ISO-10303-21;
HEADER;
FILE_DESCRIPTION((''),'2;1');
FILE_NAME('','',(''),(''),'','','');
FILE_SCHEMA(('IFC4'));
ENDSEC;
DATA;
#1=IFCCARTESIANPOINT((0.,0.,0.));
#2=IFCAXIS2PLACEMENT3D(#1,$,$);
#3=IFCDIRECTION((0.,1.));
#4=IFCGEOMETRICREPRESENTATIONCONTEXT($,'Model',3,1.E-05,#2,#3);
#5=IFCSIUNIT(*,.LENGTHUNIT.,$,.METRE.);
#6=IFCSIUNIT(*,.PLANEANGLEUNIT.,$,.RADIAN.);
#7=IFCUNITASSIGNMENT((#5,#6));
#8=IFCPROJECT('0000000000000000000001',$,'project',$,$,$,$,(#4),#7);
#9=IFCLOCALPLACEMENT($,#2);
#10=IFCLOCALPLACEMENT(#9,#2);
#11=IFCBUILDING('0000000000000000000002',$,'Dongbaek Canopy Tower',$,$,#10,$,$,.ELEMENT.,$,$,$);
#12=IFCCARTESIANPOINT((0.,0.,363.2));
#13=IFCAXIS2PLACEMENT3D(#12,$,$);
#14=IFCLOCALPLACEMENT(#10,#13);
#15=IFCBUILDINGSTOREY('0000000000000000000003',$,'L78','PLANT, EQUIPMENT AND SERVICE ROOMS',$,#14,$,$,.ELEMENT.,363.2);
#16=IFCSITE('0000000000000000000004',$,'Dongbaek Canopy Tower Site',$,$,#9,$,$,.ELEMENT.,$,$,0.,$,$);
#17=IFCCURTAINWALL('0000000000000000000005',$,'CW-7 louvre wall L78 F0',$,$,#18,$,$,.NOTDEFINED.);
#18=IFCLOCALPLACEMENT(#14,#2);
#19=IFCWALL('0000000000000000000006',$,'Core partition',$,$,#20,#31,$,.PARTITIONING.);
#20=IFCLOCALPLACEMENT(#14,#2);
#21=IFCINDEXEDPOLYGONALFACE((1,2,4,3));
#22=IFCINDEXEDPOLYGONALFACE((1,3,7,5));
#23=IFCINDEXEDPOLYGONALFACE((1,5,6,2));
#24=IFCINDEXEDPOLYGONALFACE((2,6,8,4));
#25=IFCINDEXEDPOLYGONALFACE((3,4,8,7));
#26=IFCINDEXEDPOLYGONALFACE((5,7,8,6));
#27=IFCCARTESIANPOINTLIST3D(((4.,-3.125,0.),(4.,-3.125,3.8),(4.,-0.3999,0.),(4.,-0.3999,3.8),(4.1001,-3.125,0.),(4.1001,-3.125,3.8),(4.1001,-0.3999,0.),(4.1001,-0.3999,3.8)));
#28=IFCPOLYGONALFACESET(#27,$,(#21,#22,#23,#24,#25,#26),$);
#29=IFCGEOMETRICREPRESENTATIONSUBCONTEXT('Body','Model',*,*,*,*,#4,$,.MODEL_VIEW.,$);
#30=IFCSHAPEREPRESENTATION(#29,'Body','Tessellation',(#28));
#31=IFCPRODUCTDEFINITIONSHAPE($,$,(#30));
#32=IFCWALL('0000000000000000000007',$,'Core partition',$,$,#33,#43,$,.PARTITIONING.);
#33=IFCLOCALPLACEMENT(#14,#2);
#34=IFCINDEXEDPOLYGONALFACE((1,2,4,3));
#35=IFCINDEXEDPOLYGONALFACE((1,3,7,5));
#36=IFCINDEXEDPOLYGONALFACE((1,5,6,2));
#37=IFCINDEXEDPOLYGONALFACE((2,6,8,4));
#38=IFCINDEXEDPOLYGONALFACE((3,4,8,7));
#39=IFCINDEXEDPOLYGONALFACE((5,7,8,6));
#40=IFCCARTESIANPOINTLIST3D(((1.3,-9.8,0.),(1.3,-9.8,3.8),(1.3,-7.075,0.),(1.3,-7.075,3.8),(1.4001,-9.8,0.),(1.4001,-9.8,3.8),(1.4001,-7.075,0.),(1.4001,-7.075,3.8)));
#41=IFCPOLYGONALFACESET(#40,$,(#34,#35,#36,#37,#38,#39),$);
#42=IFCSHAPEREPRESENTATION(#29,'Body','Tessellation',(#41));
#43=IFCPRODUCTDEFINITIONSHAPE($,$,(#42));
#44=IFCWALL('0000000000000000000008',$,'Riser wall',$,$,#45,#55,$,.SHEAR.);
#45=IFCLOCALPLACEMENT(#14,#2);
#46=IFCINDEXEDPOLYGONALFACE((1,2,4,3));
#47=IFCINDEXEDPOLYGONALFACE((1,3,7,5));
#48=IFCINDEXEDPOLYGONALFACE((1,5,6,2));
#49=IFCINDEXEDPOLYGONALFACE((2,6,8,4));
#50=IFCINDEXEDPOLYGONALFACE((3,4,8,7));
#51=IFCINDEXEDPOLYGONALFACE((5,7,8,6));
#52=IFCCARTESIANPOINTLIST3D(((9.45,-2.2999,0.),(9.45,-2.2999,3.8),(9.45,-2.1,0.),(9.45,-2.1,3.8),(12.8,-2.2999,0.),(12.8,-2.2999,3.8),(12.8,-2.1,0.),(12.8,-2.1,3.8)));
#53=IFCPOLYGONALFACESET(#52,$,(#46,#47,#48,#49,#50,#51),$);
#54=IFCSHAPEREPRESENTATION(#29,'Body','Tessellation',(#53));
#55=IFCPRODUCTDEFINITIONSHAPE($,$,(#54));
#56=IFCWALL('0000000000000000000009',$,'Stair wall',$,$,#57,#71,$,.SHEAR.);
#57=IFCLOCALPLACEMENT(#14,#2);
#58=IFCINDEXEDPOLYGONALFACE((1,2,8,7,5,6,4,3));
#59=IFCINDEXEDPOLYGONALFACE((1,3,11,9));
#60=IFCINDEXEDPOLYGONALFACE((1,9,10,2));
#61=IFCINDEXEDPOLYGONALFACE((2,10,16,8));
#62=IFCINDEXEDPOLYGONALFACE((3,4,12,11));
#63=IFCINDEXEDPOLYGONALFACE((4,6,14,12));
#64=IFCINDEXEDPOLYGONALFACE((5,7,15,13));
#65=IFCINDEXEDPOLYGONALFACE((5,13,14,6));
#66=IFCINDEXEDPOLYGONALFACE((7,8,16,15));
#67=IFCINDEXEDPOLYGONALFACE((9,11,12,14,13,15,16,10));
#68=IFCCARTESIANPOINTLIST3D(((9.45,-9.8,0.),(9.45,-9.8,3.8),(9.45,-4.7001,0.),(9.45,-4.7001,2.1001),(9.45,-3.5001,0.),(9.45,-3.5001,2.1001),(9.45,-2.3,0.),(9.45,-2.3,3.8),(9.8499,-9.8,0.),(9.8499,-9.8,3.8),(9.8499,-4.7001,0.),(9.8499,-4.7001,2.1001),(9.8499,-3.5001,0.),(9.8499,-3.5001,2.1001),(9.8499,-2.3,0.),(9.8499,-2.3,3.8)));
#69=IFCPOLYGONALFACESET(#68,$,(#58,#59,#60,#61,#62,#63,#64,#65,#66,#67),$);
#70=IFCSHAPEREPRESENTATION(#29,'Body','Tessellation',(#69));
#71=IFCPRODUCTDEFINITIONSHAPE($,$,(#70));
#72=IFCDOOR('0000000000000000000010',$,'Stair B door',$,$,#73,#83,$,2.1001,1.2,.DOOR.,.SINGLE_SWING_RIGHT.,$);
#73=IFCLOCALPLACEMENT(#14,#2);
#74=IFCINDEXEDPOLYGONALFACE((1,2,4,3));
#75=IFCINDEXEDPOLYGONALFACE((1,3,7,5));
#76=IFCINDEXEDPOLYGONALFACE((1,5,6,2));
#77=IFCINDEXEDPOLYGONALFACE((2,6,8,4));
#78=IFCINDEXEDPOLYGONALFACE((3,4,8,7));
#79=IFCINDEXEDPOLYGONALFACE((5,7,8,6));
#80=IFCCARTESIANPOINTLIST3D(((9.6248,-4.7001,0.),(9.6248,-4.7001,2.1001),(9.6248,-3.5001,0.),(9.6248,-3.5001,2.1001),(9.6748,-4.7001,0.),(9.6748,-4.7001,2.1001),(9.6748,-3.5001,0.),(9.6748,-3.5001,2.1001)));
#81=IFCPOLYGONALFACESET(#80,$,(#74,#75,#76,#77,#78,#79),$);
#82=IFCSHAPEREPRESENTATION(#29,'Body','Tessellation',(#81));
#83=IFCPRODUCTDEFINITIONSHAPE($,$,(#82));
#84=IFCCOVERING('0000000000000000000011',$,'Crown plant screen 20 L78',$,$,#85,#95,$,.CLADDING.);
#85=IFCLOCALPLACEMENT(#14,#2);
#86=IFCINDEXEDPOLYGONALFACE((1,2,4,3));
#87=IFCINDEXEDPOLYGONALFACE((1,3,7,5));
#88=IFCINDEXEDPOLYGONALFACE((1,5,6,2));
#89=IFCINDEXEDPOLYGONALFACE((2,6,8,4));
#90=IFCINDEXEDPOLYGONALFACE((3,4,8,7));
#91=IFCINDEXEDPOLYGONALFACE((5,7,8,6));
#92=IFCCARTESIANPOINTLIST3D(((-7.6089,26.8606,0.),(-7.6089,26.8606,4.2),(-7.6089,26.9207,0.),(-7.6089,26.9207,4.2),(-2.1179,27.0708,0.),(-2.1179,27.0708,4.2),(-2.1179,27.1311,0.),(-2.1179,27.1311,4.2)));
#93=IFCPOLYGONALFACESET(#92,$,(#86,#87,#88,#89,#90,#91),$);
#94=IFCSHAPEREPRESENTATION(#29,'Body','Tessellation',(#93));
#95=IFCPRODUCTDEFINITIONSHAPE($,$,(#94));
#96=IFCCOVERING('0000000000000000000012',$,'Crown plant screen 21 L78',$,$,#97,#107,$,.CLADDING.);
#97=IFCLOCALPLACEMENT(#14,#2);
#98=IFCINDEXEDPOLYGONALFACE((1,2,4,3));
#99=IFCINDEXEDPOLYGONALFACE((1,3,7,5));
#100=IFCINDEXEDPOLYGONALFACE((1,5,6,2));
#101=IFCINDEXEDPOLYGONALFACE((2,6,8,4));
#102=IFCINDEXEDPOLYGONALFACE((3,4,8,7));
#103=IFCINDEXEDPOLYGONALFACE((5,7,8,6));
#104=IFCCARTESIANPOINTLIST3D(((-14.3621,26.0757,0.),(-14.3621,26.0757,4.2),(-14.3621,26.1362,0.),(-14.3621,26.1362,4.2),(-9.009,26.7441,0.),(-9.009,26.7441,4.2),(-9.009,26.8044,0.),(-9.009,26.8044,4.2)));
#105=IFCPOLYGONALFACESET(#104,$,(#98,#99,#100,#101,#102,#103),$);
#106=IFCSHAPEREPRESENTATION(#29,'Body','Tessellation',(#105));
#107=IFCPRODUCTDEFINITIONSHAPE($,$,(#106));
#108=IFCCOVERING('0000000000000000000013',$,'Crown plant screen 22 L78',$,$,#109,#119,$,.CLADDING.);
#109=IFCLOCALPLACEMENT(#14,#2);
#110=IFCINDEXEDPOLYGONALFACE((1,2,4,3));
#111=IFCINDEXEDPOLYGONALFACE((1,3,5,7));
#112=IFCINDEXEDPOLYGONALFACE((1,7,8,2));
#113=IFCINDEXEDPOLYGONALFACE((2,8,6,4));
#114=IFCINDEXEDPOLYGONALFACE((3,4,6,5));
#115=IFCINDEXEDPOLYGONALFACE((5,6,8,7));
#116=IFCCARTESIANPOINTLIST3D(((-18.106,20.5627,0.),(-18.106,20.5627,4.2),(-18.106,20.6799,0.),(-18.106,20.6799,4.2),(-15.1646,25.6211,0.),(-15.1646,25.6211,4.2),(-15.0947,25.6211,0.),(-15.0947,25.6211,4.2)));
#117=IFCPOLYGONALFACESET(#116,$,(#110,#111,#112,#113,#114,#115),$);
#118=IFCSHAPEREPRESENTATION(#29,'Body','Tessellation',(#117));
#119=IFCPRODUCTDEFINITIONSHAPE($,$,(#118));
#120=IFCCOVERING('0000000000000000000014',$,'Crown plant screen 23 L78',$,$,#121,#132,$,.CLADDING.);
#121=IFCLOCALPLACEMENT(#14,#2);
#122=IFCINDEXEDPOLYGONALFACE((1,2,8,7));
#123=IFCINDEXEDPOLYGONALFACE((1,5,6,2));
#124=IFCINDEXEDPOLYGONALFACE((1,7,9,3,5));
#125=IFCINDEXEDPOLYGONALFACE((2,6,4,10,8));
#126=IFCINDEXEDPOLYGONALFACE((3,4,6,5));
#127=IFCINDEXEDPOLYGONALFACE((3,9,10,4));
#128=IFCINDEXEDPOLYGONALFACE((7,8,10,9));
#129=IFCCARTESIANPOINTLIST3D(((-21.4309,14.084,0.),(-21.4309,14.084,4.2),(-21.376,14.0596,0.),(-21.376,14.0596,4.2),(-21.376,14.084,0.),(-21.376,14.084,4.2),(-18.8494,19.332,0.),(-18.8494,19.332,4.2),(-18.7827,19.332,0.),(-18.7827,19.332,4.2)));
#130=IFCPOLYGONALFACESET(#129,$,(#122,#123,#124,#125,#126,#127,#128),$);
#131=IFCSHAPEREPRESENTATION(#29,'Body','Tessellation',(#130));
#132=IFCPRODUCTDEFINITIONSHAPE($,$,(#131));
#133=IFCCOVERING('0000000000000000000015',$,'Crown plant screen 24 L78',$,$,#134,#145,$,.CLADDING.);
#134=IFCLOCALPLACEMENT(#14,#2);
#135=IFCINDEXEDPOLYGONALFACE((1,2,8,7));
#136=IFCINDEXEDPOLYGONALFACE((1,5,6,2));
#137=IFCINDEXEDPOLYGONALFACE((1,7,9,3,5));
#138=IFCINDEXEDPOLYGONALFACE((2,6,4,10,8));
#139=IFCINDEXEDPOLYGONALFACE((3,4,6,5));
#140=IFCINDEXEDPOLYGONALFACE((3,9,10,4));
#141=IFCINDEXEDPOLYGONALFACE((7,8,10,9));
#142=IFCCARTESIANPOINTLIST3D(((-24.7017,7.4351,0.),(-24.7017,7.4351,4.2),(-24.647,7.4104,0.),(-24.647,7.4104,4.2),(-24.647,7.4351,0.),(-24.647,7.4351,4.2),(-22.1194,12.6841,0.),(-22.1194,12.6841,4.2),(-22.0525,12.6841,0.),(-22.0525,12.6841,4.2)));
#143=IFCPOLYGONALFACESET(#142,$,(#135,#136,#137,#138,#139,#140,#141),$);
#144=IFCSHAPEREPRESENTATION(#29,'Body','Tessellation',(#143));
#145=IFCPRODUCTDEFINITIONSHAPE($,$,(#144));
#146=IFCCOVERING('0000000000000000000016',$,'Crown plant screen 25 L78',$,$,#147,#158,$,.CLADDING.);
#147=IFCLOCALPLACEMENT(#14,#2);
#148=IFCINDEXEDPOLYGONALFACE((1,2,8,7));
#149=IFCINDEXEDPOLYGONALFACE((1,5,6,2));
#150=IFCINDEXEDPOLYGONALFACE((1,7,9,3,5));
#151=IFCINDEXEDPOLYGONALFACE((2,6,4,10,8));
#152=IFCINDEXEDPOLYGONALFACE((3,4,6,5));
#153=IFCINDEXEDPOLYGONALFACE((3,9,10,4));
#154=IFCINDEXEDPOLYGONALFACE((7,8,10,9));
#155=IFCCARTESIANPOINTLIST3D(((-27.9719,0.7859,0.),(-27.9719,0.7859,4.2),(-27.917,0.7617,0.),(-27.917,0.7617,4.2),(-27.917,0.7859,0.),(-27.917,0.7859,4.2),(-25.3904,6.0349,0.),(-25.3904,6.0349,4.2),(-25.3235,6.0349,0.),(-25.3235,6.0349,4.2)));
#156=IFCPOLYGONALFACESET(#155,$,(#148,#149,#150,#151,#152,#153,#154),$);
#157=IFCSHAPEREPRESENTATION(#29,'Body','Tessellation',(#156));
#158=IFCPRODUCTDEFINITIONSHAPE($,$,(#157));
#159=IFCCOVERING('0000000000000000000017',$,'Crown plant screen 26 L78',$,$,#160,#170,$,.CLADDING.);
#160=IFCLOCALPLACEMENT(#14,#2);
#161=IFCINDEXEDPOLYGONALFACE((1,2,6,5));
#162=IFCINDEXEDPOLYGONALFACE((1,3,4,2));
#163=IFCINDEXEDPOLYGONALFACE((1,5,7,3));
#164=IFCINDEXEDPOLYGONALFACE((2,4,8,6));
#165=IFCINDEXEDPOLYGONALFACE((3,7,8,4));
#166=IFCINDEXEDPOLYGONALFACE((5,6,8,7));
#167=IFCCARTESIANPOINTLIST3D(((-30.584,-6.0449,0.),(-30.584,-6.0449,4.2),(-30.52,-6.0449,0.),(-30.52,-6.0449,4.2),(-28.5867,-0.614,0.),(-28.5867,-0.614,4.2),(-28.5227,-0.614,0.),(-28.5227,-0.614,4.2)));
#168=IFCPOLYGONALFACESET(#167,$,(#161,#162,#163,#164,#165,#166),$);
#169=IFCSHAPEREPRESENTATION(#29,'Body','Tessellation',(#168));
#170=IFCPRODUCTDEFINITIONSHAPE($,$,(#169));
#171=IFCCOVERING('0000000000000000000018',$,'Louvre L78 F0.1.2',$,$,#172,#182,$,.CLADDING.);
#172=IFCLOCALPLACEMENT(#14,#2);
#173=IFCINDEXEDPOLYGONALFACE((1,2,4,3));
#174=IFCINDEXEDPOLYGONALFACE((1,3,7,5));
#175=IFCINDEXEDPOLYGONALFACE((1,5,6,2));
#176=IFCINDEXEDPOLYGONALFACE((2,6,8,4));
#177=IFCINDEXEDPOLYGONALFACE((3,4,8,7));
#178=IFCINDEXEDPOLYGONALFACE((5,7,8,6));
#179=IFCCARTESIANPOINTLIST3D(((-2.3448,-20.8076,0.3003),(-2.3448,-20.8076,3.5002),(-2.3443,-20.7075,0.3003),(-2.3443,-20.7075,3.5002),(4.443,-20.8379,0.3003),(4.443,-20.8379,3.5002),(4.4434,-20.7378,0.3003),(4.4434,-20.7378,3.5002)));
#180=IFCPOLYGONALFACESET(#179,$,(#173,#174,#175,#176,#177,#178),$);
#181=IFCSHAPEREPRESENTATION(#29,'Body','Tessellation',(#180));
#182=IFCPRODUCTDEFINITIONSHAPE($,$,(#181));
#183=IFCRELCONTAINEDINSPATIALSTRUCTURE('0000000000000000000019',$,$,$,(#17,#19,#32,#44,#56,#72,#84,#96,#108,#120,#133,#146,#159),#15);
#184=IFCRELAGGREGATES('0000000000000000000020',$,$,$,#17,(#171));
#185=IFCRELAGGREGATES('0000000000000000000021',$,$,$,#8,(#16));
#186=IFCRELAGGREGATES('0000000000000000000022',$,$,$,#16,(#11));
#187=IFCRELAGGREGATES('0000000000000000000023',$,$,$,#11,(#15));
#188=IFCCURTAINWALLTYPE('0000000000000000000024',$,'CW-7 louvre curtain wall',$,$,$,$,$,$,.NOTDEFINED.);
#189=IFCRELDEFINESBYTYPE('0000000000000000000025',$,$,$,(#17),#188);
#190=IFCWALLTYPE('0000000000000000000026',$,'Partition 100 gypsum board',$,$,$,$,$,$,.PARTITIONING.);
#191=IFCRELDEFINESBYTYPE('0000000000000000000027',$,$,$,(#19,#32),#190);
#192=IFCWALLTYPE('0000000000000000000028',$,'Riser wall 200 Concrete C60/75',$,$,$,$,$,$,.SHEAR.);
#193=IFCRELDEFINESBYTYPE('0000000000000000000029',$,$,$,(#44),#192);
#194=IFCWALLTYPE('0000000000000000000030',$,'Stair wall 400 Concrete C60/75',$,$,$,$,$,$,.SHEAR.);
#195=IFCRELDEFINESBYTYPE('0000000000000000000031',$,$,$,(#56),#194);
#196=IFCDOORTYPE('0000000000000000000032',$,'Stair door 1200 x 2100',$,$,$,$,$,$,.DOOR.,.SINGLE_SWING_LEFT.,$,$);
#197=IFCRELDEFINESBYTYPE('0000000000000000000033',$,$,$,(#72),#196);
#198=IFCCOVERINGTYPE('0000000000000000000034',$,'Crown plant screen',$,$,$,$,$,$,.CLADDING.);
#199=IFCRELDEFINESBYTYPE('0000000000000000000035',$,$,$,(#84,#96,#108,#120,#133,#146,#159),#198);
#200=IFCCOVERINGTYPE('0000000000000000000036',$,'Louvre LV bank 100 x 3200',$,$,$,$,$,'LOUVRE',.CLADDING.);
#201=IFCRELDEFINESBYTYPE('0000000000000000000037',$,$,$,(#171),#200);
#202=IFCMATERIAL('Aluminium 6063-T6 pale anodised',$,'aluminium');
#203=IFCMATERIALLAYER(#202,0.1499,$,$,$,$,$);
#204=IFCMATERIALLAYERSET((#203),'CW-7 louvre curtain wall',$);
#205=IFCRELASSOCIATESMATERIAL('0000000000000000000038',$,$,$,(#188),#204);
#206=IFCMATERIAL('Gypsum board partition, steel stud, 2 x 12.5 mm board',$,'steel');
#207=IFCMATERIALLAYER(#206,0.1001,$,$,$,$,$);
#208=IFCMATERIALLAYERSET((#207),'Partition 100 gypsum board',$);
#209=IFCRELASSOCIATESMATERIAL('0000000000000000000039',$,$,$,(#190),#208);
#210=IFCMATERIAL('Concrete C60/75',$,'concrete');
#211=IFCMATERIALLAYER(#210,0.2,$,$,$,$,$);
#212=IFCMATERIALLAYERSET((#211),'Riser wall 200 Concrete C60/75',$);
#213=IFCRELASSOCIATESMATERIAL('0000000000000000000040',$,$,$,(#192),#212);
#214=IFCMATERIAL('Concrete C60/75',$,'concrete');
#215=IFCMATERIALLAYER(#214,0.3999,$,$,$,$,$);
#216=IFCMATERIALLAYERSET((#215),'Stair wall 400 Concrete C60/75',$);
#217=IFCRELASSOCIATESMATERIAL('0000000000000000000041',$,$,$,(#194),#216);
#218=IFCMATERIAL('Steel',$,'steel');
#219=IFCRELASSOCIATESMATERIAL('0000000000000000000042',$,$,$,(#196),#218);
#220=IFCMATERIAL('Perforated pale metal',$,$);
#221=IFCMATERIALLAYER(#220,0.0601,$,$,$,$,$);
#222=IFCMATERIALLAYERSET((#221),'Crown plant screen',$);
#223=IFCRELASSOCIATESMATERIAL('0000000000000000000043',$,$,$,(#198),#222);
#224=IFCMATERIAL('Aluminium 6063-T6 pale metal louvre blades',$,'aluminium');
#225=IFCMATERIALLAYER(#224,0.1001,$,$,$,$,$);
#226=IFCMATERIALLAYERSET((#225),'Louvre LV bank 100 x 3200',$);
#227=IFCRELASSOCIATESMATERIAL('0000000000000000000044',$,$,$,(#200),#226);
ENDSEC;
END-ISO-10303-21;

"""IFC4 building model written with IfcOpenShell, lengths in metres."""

from ifc_helpers import new_model, si_unit, direction, frame, frame_2d, origin, origin_2d, place, context, subcontext, project, spatial, polyline, rectangle, outline, extrude, material, layer, layer_set, type_object, element, fill, aggregate, save


model = new_model("IFC4")

# Units and contexts
model_context = context("Model", 3, precision=1e-05, world=origin(), true_north=direction((0.0, 1.0)))
body_context = subcontext(model_context, "Body", "Model", "MODEL_VIEW")
ifc_project = project(units=[si_unit("LENGTHUNIT", "METRE"), si_unit("PLANEANGLEUNIT", "RADIAN")], contexts=[model_context])

# Site, building, storey
site_placement = place(None, origin())
site = spatial("IfcSite", under=ifc_project, at=site_placement, Name="Dongbaek Canopy Tower Site", CompositionType="ELEMENT", RefElevation=0.0)
building_placement = place(site_placement, origin())
building = spatial("IfcBuilding", under=site, at=building_placement, Name="Dongbaek Canopy Tower", CompositionType="ELEMENT")
storey_placement = place(building_placement, frame((0.0, 0.0, 363.2)))
storey = spatial("IfcBuildingStorey", under=building, at=storey_placement, Name="L78", Description="PLANT, EQUIPMENT AND SERVICE ROOMS", CompositionType="ELEMENT", Elevation=363.2)

# Curtain wall
ifc_material_1 = material(Name="Aluminium 6063-T6 pale anodised", Category="aluminium")
ifc_layer_1 = layer(ifc_material_1, 0.1499)
ifc_layer_set_1 = layer_set([ifc_layer_1], Name="CW-7 louvre curtain wall")
curtain_wall_type = type_object("IfcCurtainWallType", Name="CW-7 louvre curtain wall", PredefinedType="NOTDEFINED", material=ifc_layer_set_1)
curtain_wall_placement = place(storey_placement, origin())
curtain_wall = element("IfcCurtainWall", 1, at=curtain_wall_placement, inside=storey, type_object=curtain_wall_type, Name="CW-7 louvre wall L78 F0", PredefinedType="NOTDEFINED")

# Walls
ifc_material_2 = material(Name="Gypsum board partition, steel stud, 2 x 12.5 mm board", Category="steel")
ifc_layer_2 = layer(ifc_material_2, 0.1001)
ifc_layer_set_2 = layer_set([ifc_layer_2], Name="Partition 100 gypsum board")
wall_type_1 = type_object("IfcWallType", Name="Partition 100 gypsum board", PredefinedType="PARTITIONING", material=ifc_layer_set_2)
for number, where, z_axis, x_axis, name in (
    (2, (4.05, -3.125, 0.0), (0.0, 0.0, 1.0), (0.0, 1.0, 0.0), "Core partition"),
    (3, (1.3501, -9.8, 0.0), (0.0, 0.0, 1.0), (0.0, 1.0, 0.0), "Core partition"),
):
    element("IfcWall", number, at=place(storey_placement, frame(where, z_axis=z_axis, x_axis=x_axis)), inside=storey, type_object=wall_type_1, Name=name, PredefinedType="PARTITIONING", context=body_context, shape_type="SweptSolid", body=[
        extrude(rectangle(XDim=2.7251, YDim=0.1001, at=frame_2d((1.3625, 0.0))), origin(), (0.0, 0.0, 1.0), 3.8),
    ])
ifc_material_3 = material(Name="Concrete C60/75", Category="concrete")
ifc_layer_3 = layer(ifc_material_3, 0.2)
ifc_layer_set_3 = layer_set([ifc_layer_3], Name="Riser wall 200 Concrete C60/75")
wall_type_2 = type_object("IfcWallType", Name="Riser wall 200 Concrete C60/75", PredefinedType="SHEAR", material=ifc_layer_set_3)
wall_1_placement = place(storey_placement, frame((9.45, -2.2, 0.0), z_axis=(0.0, 0.0, 1.0), x_axis=(1.0, 0.0, 0.0)))
element("IfcWall", 4, at=wall_1_placement, inside=storey, type_object=wall_type_2, Name="Riser wall", PredefinedType="SHEAR", context=body_context, shape_type="SweptSolid", body=[
    extrude(rectangle(XDim=3.3501, YDim=0.2, at=frame_2d((1.675, 0.0))), origin(), (0.0, 0.0, 1.0), 3.8),
])

# Wall, opening, door
ifc_material_4 = material(Name="Concrete C60/75", Category="concrete")
ifc_layer_4 = layer(ifc_material_4, 0.3999)
ifc_layer_set_4 = layer_set([ifc_layer_4], Name="Stair wall 400 Concrete C60/75")
wall_type_3 = type_object("IfcWallType", Name="Stair wall 400 Concrete C60/75", PredefinedType="SHEAR", material=ifc_layer_set_4)
wall_2_placement = place(storey_placement, frame((9.6499, -2.3, 0.0), z_axis=(0.0, 0.0, 1.0), x_axis=(0.0, -1.0, 0.0)))
wall_2 = element("IfcWall", 5, at=wall_2_placement, inside=storey, type_object=wall_type_3, Name="Stair wall", PredefinedType="SHEAR", context=body_context, shape_type="SweptSolid", body=[
    extrude(rectangle(XDim=7.5, YDim=0.3999, at=frame_2d((3.75, 0.0))), origin(), (0.0, 0.0, 1.0), 3.8),
])
opening_1_placement = place(wall_2_placement, frame((1.2, 0.0, 0.0)))
opening_1 = element("IfcOpeningElement", 6, at=opening_1_placement, cuts=wall_2, PredefinedType="OPENING", context=body_context, shape_type="SweptSolid", body=[
    extrude(rectangle(XDim=1.2, YDim=2.1001, at=frame_2d((0.6001, 1.05))), frame((0.0, 0.21, 0.0), z_axis=(0.0, -1.0, 0.0), x_axis=(1.0, 0.0, 0.0)), (0.0, 0.0, 1.0), 0.4199),
])
ifc_material_5 = material(Name="Steel", Category="steel")
door_type_1 = type_object("IfcDoorType", Name="Stair door 1200 x 2100", OperationType="SINGLE_SWING_LEFT", PredefinedType="DOOR", material=ifc_material_5)
door_1_placement = place(opening_1_placement, origin())
door_1 = element("IfcDoor", 7, at=door_1_placement, inside=storey, type_object=door_type_1, Name="Stair B door", OperationType="SINGLE_SWING_RIGHT", OverallHeight=2.1001, OverallWidth=1.2, PredefinedType="DOOR", context=body_context, shape_type="SweptSolid", body=[
    extrude(rectangle(XDim=1.2, YDim=2.1001, at=frame_2d((0.6001, 1.05))), frame((0.0, 0.0249, 0.0), z_axis=(0.0, -1.0, 0.0), x_axis=(1.0, 0.0, 0.0)), (0.0, 0.0, 1.0), 0.05),
])
fill(opening_1, door_1)

# Coverings
ifc_material_6 = material(Name="Perforated pale metal")
ifc_layer_5 = layer(ifc_material_6, 0.0601)
ifc_layer_set_5 = layer_set([ifc_layer_5], Name="Crown plant screen")
covering_type_1 = type_object("IfcCoveringType", Name="Crown plant screen", PredefinedType="CLADDING", material=ifc_layer_set_5)
covering_1_placement = place(storey_placement, origin())
element("IfcCovering", 8, at=covering_1_placement, inside=storey, type_object=covering_type_1, Name="Crown plant screen 20 L78", PredefinedType="CLADDING", context=body_context, shape_type="SweptSolid", body=[
    extrude(outline(polyline([(-2.1179, 27.1311), (-2.1179, 27.0708), (-7.6089, 26.8606), (-7.6089, 26.9207), (-2.1179, 27.1311)])), origin(), (0.0, 0.0, 1.0), 4.2),
])
covering_2_placement = place(storey_placement, origin())
element("IfcCovering", 9, at=covering_2_placement, inside=storey, type_object=covering_type_1, Name="Crown plant screen 21 L78", PredefinedType="CLADDING", context=body_context, shape_type="SweptSolid", body=[
    extrude(outline(polyline([(-9.009, 26.8044), (-9.009, 26.7441), (-14.3621, 26.0757), (-14.3621, 26.1362), (-9.009, 26.8044)])), origin(), (0.0, 0.0, 1.0), 4.2),
])
covering_3_placement = place(storey_placement, origin())
element("IfcCovering", 10, at=covering_3_placement, inside=storey, type_object=covering_type_1, Name="Crown plant screen 22 L78", PredefinedType="CLADDING", context=body_context, shape_type="SweptSolid", body=[
    extrude(outline(polyline([(-15.1646, 25.6211), (-15.0947, 25.6211), (-18.106, 20.5627), (-18.106, 20.6799), (-15.1646, 25.6211)])), origin(), (0.0, 0.0, 1.0), 4.2),
])
covering_4_placement = place(storey_placement, origin())
element("IfcCovering", 11, at=covering_4_placement, inside=storey, type_object=covering_type_1, Name="Crown plant screen 23 L78", PredefinedType="CLADDING", context=body_context, shape_type="SweptSolid", body=[
    extrude(outline(polyline([(-18.8494, 19.332), (-18.7827, 19.332), (-21.376, 14.0596), (-21.376, 14.084), (-21.4309, 14.084), (-18.8494, 19.332)])), origin(), (0.0, 0.0, 1.0), 4.2),
])
covering_5_placement = place(storey_placement, origin())
element("IfcCovering", 12, at=covering_5_placement, inside=storey, type_object=covering_type_1, Name="Crown plant screen 24 L78", PredefinedType="CLADDING", context=body_context, shape_type="SweptSolid", body=[
    extrude(outline(polyline([(-22.1194, 12.6841), (-22.0525, 12.6841), (-24.647, 7.4104), (-24.647, 7.4351), (-24.7017, 7.4351), (-22.1194, 12.6841)])), origin(), (0.0, 0.0, 1.0), 4.2),
])
covering_6_placement = place(storey_placement, origin())
element("IfcCovering", 13, at=covering_6_placement, inside=storey, type_object=covering_type_1, Name="Crown plant screen 25 L78", PredefinedType="CLADDING", context=body_context, shape_type="SweptSolid", body=[
    extrude(outline(polyline([(-25.3904, 6.0349), (-25.3235, 6.0349), (-27.917, 0.7617), (-27.917, 0.7859), (-27.9719, 0.7859), (-25.3904, 6.0349)])), origin(), (0.0, 0.0, 1.0), 4.2),
])
covering_7_placement = place(storey_placement, origin())
element("IfcCovering", 14, at=covering_7_placement, inside=storey, type_object=covering_type_1, Name="Crown plant screen 26 L78", PredefinedType="CLADDING", context=body_context, shape_type="SweptSolid", body=[
    extrude(outline(polyline([(-28.5867, -0.614), (-28.5227, -0.614), (-30.52, -6.0449), (-30.584, -6.0449), (-28.5867, -0.614)])), origin(), (0.0, 0.0, 1.0), 4.2),
])

# Covering
ifc_material_7 = material(Name="Aluminium 6063-T6 pale metal louvre blades", Category="aluminium")
ifc_layer_6 = layer(ifc_material_7, 0.1001)
ifc_layer_set_6 = layer_set([ifc_layer_6], Name="Louvre LV bank 100 x 3200")
covering_type_2 = type_object("IfcCoveringType", Name="Louvre LV bank 100 x 3200", ElementType="LOUVRE", PredefinedType="CLADDING", material=ifc_layer_set_6)
covering_8_placement = place(storey_placement, frame((1.0493, -20.7727, 0.3003), z_axis=(0.0, 0.0, 1.0), x_axis=(0.99999, -0.004466, 0.0)))
covering_8 = element("IfcCovering", 15, at=covering_8_placement, type_object=covering_type_2, Name="Louvre L78 F0.1.2", PredefinedType="CLADDING", context=body_context, shape_type="SweptSolid", body=[
    extrude(rectangle(XDim=6.7878, YDim=0.1001, at=origin_2d()), origin(), (0.0, 0.0, 1.0), 3.2),
])

aggregate(curtain_wall, [covering_8])

save(model, "model.ifc")
